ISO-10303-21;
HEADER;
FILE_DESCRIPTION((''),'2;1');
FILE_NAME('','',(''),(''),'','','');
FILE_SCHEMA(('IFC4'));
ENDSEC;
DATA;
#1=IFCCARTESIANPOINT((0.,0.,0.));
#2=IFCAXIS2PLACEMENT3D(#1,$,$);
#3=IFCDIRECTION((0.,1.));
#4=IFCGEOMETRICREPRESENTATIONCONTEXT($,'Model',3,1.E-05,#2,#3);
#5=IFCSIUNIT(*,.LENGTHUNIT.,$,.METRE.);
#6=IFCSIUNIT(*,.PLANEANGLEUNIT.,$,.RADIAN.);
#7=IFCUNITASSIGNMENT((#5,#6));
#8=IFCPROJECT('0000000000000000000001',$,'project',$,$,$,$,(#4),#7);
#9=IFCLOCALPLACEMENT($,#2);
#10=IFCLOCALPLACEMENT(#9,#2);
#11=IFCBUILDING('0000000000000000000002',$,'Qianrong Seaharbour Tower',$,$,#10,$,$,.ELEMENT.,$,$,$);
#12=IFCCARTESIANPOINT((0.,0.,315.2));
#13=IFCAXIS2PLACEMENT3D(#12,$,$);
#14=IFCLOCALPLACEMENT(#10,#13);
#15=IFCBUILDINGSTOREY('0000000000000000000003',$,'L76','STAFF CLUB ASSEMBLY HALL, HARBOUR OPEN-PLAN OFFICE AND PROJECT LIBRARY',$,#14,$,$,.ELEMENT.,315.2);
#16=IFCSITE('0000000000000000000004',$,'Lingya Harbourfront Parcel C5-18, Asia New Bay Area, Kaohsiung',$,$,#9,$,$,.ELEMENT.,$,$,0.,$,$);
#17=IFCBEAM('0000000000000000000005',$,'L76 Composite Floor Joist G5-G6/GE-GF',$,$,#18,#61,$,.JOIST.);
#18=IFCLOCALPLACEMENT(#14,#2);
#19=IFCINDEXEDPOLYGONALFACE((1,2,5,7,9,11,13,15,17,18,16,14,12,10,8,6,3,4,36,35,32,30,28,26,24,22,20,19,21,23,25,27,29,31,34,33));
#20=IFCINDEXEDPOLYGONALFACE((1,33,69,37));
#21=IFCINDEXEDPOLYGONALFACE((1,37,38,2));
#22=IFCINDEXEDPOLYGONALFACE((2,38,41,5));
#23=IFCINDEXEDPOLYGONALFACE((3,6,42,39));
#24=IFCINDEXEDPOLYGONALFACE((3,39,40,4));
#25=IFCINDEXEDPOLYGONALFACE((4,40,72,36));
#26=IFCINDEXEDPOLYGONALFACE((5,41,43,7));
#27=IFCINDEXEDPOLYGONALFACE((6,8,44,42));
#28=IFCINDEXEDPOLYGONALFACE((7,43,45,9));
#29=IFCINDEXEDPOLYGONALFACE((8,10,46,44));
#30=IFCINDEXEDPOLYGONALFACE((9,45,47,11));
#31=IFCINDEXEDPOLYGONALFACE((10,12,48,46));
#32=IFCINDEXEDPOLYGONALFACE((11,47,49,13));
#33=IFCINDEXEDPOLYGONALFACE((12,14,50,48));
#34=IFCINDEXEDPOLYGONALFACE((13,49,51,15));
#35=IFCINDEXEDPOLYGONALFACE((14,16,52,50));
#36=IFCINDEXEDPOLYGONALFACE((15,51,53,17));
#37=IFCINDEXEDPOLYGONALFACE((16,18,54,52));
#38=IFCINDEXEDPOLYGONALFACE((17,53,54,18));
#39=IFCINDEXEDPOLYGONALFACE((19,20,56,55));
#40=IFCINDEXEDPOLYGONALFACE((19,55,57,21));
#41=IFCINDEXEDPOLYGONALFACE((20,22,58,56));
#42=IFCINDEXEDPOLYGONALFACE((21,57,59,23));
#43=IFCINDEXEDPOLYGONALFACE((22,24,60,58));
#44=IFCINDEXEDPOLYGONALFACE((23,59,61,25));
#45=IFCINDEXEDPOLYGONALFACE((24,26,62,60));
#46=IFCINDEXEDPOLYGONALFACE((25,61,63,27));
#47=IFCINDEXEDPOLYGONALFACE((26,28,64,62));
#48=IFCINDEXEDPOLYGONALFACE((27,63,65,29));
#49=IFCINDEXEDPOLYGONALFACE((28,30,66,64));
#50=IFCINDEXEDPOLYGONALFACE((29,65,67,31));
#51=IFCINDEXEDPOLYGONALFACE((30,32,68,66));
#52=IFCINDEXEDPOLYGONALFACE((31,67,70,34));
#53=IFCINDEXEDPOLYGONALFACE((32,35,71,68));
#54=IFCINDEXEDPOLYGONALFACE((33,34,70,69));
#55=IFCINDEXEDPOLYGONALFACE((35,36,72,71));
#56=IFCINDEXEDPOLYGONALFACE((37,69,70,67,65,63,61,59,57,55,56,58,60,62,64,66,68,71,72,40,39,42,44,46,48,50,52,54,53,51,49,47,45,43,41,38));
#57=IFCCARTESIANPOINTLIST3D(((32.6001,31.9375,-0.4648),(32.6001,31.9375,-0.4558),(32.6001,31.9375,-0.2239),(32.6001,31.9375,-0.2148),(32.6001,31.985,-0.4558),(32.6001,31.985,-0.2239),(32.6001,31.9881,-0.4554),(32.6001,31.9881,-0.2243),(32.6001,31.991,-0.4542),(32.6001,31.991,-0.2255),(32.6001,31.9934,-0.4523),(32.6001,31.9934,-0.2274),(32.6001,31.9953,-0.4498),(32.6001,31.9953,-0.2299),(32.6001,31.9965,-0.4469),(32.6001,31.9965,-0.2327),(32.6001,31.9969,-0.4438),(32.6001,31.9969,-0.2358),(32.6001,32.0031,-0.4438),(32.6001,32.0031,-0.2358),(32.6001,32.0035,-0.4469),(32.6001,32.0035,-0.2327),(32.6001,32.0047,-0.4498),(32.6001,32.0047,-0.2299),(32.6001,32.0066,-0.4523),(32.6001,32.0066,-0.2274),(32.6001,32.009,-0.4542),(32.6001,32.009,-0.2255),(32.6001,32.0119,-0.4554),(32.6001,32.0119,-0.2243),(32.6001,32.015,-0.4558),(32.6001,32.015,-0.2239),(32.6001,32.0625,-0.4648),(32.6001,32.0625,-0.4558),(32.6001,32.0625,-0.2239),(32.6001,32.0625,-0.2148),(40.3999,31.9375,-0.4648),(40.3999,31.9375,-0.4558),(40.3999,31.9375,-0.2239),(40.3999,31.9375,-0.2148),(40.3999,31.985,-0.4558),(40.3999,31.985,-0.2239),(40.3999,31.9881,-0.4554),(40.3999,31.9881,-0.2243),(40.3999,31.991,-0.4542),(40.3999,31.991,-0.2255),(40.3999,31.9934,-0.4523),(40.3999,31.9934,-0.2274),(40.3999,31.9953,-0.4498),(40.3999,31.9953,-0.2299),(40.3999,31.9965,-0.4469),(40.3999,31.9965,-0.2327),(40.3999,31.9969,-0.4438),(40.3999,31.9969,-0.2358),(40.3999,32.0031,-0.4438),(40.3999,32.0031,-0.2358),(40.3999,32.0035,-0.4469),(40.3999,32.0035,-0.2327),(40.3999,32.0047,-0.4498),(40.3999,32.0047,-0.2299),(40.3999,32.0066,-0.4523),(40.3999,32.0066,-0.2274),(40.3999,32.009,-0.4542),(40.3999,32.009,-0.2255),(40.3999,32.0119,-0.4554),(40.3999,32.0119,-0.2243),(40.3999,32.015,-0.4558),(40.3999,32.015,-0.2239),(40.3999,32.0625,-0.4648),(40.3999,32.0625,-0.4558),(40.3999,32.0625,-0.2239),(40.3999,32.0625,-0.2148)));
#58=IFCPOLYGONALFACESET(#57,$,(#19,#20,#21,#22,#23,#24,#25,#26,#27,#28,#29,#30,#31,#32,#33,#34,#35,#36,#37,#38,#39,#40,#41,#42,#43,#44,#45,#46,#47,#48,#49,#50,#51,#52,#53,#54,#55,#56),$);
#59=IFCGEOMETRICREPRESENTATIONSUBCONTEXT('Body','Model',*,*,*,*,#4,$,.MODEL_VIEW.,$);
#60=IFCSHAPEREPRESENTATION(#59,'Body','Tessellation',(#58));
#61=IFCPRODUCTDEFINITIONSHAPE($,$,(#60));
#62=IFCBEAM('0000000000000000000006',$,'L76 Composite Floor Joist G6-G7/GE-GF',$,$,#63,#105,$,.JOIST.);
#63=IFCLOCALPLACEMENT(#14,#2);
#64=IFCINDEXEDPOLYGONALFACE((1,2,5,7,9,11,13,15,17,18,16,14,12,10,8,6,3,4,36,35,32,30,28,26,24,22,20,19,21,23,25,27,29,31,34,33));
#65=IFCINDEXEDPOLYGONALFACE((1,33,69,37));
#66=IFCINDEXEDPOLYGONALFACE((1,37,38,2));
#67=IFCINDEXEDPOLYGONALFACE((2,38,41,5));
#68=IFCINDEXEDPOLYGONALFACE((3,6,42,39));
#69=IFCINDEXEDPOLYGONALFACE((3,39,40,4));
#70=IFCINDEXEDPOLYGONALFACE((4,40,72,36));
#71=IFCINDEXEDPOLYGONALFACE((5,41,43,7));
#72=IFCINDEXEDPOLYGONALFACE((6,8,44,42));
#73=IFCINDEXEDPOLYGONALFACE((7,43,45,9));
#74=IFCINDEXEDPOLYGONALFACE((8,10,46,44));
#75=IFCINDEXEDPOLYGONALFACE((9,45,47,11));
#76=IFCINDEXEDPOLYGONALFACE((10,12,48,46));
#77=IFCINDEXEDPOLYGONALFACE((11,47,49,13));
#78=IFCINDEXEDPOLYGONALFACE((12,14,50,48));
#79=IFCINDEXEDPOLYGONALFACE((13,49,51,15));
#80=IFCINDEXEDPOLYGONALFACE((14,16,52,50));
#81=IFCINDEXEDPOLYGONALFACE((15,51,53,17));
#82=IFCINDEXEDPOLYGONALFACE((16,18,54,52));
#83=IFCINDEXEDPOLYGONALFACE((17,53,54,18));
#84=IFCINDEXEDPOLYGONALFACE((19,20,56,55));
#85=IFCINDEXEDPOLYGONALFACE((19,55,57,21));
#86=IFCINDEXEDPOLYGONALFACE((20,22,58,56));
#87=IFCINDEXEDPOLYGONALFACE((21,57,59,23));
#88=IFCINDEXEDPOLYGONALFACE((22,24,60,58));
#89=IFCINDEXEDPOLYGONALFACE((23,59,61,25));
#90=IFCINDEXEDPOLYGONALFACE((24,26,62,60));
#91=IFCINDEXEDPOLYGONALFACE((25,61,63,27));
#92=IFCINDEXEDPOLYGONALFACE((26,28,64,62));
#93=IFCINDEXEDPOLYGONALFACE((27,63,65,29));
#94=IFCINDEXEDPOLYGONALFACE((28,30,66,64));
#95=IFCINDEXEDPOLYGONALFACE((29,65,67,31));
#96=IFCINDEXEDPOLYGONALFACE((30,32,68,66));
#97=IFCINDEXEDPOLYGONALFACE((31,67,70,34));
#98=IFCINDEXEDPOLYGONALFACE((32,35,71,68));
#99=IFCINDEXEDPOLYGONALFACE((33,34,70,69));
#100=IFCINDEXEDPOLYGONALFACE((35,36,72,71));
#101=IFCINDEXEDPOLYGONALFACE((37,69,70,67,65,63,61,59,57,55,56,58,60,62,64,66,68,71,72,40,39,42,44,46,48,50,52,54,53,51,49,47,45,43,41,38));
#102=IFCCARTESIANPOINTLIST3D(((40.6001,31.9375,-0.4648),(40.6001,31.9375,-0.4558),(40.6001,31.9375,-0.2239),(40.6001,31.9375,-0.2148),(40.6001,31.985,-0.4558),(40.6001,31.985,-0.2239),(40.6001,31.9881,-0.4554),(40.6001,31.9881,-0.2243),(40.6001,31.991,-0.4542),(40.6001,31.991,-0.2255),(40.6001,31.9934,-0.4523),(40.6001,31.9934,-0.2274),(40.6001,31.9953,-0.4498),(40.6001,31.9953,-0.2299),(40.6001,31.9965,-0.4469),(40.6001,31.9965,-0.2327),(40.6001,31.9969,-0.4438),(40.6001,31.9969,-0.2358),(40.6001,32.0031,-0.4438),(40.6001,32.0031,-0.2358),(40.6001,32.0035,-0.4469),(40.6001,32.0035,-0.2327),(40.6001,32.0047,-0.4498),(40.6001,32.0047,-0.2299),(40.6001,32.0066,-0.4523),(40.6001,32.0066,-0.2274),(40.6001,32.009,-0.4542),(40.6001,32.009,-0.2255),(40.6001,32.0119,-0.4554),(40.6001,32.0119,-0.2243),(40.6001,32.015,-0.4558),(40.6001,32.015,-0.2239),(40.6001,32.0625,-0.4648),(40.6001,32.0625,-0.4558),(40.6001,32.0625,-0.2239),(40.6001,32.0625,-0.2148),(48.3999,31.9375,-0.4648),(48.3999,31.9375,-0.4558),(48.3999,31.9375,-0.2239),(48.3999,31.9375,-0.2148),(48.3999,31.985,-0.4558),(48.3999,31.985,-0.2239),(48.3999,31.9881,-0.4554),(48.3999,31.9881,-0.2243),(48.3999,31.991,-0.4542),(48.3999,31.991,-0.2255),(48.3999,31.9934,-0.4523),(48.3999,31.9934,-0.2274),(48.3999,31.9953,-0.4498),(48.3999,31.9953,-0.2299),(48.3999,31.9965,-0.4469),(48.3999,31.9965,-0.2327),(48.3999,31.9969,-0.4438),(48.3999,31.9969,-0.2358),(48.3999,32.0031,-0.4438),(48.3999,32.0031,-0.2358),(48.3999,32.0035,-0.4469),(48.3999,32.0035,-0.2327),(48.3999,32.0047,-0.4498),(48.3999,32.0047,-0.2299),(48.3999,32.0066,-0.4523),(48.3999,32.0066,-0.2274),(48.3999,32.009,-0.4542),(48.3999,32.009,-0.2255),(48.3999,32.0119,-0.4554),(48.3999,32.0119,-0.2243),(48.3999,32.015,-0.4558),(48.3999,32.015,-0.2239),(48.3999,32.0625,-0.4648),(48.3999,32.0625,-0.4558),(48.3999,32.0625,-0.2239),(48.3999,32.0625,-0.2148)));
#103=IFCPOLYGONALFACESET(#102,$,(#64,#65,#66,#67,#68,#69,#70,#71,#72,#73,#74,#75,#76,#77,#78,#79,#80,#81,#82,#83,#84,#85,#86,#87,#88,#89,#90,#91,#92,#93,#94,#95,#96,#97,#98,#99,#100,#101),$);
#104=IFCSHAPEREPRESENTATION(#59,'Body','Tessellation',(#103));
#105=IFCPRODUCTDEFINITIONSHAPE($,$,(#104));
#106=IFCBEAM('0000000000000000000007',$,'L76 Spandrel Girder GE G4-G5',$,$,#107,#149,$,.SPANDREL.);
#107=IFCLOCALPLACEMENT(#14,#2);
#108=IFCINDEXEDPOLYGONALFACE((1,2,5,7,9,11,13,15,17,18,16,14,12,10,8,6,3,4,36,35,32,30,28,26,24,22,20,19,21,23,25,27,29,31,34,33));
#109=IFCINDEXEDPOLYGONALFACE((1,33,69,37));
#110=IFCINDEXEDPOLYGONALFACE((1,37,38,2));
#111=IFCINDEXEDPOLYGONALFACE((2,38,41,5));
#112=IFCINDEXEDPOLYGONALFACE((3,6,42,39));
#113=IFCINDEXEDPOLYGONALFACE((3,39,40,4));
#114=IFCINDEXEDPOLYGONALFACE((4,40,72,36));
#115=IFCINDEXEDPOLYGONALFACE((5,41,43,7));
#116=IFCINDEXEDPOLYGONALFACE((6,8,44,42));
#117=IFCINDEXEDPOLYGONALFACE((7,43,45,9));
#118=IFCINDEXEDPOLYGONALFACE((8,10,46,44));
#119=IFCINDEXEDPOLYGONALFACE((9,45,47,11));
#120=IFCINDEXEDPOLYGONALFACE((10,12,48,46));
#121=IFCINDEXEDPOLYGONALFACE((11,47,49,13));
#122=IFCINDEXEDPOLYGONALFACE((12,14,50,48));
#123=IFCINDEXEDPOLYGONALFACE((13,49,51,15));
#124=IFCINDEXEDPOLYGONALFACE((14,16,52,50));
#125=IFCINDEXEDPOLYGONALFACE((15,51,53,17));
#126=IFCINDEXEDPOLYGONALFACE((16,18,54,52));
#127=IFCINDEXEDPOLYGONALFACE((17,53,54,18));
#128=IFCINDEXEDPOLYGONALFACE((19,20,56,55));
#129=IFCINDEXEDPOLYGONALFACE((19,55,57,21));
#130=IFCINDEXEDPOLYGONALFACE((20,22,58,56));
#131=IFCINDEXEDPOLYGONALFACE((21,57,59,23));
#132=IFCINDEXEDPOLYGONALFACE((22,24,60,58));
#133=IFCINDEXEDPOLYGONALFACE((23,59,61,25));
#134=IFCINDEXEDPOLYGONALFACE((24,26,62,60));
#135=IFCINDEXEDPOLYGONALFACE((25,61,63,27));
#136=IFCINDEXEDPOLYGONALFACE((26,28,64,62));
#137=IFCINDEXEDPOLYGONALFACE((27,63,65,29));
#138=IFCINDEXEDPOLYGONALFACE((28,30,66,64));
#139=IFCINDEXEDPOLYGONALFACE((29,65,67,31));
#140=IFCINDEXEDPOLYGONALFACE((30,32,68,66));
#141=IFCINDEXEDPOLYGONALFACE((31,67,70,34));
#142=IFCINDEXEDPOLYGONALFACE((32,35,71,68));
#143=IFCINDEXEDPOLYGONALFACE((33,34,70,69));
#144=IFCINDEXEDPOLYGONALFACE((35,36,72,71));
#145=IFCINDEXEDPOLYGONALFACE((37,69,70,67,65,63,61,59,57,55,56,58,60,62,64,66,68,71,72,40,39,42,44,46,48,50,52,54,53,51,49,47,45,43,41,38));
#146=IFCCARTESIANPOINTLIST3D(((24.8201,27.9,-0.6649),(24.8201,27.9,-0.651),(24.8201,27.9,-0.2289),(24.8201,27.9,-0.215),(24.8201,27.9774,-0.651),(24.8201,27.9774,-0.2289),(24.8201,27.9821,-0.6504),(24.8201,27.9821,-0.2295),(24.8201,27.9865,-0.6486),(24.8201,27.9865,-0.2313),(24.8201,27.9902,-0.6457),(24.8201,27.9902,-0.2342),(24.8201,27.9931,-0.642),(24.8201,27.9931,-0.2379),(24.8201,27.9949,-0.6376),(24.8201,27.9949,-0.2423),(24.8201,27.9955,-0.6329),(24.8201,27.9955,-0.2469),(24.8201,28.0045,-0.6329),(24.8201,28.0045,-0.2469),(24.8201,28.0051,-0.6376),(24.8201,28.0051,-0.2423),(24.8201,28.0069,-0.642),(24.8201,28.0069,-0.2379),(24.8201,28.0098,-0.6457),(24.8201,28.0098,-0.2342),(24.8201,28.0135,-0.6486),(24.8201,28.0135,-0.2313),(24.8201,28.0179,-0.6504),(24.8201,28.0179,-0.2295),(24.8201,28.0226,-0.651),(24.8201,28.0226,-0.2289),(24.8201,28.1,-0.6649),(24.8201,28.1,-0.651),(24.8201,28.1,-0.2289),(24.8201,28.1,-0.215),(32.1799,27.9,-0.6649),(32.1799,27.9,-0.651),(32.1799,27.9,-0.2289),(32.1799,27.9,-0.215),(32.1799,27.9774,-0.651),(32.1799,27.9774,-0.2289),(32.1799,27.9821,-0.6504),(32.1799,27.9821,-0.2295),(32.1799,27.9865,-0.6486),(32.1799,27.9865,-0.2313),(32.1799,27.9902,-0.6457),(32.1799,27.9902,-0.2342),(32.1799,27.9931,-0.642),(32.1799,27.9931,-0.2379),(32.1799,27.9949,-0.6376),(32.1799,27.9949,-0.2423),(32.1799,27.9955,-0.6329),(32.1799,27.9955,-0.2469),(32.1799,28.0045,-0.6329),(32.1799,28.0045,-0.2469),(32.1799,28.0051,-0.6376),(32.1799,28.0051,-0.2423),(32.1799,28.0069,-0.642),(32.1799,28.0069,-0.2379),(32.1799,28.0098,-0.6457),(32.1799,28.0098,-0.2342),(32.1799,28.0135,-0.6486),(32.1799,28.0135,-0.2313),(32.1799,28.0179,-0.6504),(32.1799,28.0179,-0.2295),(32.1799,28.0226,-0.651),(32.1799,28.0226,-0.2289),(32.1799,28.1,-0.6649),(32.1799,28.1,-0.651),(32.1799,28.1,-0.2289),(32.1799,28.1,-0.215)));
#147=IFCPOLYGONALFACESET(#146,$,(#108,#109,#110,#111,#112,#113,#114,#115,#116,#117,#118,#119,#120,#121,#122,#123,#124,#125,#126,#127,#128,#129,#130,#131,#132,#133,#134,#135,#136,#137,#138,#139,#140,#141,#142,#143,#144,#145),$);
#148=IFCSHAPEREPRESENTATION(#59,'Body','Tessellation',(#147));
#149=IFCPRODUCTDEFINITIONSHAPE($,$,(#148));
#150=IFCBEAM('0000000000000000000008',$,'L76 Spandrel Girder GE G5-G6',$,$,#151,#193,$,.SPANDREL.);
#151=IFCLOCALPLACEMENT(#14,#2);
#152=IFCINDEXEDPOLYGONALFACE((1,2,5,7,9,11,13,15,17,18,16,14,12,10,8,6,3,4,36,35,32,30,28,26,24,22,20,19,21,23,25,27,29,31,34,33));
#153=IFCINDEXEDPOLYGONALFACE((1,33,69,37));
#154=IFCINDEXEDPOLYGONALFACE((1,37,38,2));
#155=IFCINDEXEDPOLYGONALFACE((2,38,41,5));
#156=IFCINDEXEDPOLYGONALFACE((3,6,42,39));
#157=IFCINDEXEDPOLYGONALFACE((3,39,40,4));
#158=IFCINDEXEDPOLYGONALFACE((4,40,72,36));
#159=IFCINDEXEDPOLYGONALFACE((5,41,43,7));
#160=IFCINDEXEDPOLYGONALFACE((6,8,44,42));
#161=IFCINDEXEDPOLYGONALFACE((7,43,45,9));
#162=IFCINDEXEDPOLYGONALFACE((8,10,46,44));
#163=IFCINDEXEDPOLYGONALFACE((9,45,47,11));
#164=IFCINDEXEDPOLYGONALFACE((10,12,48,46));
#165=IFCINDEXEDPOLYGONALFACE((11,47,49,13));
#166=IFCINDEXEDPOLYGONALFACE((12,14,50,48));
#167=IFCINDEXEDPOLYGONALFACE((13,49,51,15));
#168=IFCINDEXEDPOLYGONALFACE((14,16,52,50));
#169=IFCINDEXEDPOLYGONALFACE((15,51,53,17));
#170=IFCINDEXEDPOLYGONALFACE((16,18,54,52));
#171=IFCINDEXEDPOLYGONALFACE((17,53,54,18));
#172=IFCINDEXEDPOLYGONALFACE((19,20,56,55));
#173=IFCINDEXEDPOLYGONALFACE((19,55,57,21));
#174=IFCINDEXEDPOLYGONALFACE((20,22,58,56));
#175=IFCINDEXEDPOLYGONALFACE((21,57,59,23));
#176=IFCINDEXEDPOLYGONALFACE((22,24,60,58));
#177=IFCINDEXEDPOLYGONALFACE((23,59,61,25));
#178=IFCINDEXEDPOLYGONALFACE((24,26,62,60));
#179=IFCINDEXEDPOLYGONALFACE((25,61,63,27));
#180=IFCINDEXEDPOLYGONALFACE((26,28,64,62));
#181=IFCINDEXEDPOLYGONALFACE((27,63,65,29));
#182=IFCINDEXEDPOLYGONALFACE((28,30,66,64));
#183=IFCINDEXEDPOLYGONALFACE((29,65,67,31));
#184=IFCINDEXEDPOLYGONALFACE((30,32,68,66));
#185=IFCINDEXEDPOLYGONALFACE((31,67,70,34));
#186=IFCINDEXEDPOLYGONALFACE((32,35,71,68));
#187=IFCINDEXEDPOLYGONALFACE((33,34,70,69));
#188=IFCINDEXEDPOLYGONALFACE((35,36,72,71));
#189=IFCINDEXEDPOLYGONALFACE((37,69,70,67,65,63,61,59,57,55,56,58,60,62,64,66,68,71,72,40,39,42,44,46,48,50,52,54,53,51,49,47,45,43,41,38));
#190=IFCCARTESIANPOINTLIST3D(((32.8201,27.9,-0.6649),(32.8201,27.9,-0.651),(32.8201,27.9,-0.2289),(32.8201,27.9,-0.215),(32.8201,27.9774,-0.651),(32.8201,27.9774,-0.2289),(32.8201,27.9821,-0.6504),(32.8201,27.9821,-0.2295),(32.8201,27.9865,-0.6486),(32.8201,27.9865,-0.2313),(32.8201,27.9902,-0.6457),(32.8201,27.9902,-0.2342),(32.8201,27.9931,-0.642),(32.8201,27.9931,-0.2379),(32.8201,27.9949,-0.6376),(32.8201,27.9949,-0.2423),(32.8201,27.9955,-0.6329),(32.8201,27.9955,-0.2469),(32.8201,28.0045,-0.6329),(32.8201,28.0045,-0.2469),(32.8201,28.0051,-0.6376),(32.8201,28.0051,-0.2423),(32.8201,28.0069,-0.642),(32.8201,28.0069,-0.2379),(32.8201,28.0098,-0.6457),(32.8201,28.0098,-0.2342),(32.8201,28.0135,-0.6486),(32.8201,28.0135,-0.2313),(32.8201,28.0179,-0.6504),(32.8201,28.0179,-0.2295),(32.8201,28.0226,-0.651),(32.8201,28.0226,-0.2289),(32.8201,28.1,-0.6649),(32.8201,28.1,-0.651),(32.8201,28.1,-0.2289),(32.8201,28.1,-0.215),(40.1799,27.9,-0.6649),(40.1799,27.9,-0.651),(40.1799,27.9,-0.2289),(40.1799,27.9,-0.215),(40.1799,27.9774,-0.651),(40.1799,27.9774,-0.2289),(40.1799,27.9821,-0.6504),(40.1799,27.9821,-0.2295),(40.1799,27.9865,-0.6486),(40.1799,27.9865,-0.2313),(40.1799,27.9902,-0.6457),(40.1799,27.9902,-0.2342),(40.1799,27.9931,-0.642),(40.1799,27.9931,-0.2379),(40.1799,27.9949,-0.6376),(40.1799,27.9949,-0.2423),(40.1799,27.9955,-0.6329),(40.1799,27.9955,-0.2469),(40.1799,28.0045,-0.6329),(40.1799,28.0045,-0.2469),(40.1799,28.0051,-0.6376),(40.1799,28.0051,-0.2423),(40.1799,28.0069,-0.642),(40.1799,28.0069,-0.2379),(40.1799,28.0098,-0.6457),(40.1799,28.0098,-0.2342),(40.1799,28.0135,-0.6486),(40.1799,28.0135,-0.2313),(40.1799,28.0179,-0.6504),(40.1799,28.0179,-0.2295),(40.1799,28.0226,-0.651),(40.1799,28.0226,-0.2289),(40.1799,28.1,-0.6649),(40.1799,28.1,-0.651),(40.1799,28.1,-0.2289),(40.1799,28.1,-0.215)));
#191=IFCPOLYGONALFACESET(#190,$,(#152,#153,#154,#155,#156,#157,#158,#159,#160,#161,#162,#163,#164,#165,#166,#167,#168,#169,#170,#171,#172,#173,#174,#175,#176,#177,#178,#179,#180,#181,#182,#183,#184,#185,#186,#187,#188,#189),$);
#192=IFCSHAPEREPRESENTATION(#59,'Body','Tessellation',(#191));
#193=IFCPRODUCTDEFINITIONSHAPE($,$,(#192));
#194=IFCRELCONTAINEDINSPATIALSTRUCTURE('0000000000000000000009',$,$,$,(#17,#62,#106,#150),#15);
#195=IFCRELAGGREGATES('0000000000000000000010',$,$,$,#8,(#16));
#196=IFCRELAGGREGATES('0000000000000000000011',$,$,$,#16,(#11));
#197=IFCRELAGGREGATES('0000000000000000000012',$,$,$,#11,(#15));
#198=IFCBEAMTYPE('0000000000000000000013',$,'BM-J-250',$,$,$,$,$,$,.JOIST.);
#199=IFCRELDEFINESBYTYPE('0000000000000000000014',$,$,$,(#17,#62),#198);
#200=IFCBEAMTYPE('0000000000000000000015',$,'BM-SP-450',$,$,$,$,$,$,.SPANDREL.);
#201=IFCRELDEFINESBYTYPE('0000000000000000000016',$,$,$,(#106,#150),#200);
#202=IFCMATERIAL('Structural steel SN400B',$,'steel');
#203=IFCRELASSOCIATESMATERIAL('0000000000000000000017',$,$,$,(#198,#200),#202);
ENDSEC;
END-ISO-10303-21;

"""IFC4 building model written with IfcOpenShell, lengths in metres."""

from ifc_helpers import new_model, si_unit, direction, frame, origin, origin_2d, place, context, subcontext, project, spatial, i_section, extrude, material, material_profile, profile_set, type_object, element, save


model = new_model("IFC4")

# Units and contexts
model_context = context("Model", 3, precision=1e-05, world=origin(), true_north=direction((0.0, 1.0)))
body_context = subcontext(model_context, "Body", "Model", "MODEL_VIEW")
ifc_project = project(units=[si_unit("LENGTHUNIT", "METRE"), si_unit("PLANEANGLEUNIT", "RADIAN")], contexts=[model_context])

# Site, building, storey
site_placement = place(None, origin())
site = spatial("IfcSite", under=ifc_project, at=site_placement, Name="Lingya Harbourfront Parcel C5-18, Asia New Bay Area, Kaohsiung", CompositionType="ELEMENT", RefElevation=0.0)
building_placement = place(site_placement, origin())
building = spatial("IfcBuilding", under=site, at=building_placement, Name="Qianrong Seaharbour Tower", CompositionType="ELEMENT")
storey_placement = place(building_placement, frame((0.0, 0.0, 315.2)))
storey = spatial("IfcBuildingStorey", under=building, at=storey_placement, Name="L76", Description="STAFF CLUB ASSEMBLY HALL, HARBOUR OPEN-PLAN OFFICE AND PROJECT LIBRARY", CompositionType="ELEMENT", Elevation=315.2)

# Beams
ifc_material_1 = material(Name="Structural steel SN400B", Category="steel")
ifc_material_profile_1 = material_profile(ifc_material_1, i_section(OverallWidth=0.125, OverallDepth=0.25, WebThickness=0.0061, FlangeThickness=0.009, FilletRadius=0.012, at=origin_2d()), Name="H250x125x6x9")
ifc_profile_set_1 = profile_set([ifc_material_profile_1], Name="Structural steel SN400B")
beam_type_1 = type_object("IfcBeamType", Name="BM-J-250", PredefinedType="JOIST", material=ifc_profile_set_1)
for number, where, z_axis, x_axis, name in (
    (1, (32.6001, 32.0, -0.3398), (1.0, 0.0, 0.0), (0.0, 1.0, 0.0), "L76 Composite Floor Joist G5-G6/GE-GF"),
    (2, (40.6001, 32.0, -0.3398), (1.0, 0.0, 0.0), (0.0, 1.0, 0.0), "L76 Composite Floor Joist G6-G7/GE-GF"),
):
    element("IfcBeam", number, at=place(storey_placement, frame(where, z_axis=z_axis, x_axis=x_axis)), inside=storey, type_object=beam_type_1, Name=name, PredefinedType="JOIST", context=body_context, shape_type="SweptSolid", body=[
        extrude(i_section(OverallWidth=0.125, OverallDepth=0.25, WebThickness=0.0061, FlangeThickness=0.009, FilletRadius=0.012, at=origin_2d()), origin(), (0.0, 0.0, 1.0), 7.7998),
    ])
ifc_material_profile_2 = material_profile(ifc_material_1, i_section(OverallWidth=0.2, OverallDepth=0.45, WebThickness=0.009, FlangeThickness=0.0139, FilletRadius=0.0181, at=origin_2d()), Name="H450x200x9x14")
ifc_profile_set_2 = profile_set([ifc_material_profile_2], Name="Structural steel SN400B")
beam_type_2 = type_object("IfcBeamType", Name="BM-SP-450", PredefinedType="SPANDREL", material=ifc_profile_set_2)
for number, where, z_axis, x_axis, name in (
    (3, (24.8201, 28.0, -0.4399), (1.0, 0.0, 0.0), (0.0, 1.0, 0.0), "L76 Spandrel Girder GE G4-G5"),
    (4, (32.8201, 28.0, -0.4399), (1.0, 0.0, 0.0), (0.0, 1.0, 0.0), "L76 Spandrel Girder GE G5-G6"),
):
    element("IfcBeam", number, at=place(storey_placement, frame(where, z_axis=z_axis, x_axis=x_axis)), inside=storey, type_object=beam_type_2, Name=name, PredefinedType="SPANDREL", context=body_context, shape_type="SweptSolid", body=[
        extrude(i_section(OverallWidth=0.2, OverallDepth=0.45, WebThickness=0.009, FlangeThickness=0.0139, FilletRadius=0.0181, at=origin_2d()), origin(), (0.0, 0.0, 1.0), 7.3599),
    ])

save(model, "model.ifc")
